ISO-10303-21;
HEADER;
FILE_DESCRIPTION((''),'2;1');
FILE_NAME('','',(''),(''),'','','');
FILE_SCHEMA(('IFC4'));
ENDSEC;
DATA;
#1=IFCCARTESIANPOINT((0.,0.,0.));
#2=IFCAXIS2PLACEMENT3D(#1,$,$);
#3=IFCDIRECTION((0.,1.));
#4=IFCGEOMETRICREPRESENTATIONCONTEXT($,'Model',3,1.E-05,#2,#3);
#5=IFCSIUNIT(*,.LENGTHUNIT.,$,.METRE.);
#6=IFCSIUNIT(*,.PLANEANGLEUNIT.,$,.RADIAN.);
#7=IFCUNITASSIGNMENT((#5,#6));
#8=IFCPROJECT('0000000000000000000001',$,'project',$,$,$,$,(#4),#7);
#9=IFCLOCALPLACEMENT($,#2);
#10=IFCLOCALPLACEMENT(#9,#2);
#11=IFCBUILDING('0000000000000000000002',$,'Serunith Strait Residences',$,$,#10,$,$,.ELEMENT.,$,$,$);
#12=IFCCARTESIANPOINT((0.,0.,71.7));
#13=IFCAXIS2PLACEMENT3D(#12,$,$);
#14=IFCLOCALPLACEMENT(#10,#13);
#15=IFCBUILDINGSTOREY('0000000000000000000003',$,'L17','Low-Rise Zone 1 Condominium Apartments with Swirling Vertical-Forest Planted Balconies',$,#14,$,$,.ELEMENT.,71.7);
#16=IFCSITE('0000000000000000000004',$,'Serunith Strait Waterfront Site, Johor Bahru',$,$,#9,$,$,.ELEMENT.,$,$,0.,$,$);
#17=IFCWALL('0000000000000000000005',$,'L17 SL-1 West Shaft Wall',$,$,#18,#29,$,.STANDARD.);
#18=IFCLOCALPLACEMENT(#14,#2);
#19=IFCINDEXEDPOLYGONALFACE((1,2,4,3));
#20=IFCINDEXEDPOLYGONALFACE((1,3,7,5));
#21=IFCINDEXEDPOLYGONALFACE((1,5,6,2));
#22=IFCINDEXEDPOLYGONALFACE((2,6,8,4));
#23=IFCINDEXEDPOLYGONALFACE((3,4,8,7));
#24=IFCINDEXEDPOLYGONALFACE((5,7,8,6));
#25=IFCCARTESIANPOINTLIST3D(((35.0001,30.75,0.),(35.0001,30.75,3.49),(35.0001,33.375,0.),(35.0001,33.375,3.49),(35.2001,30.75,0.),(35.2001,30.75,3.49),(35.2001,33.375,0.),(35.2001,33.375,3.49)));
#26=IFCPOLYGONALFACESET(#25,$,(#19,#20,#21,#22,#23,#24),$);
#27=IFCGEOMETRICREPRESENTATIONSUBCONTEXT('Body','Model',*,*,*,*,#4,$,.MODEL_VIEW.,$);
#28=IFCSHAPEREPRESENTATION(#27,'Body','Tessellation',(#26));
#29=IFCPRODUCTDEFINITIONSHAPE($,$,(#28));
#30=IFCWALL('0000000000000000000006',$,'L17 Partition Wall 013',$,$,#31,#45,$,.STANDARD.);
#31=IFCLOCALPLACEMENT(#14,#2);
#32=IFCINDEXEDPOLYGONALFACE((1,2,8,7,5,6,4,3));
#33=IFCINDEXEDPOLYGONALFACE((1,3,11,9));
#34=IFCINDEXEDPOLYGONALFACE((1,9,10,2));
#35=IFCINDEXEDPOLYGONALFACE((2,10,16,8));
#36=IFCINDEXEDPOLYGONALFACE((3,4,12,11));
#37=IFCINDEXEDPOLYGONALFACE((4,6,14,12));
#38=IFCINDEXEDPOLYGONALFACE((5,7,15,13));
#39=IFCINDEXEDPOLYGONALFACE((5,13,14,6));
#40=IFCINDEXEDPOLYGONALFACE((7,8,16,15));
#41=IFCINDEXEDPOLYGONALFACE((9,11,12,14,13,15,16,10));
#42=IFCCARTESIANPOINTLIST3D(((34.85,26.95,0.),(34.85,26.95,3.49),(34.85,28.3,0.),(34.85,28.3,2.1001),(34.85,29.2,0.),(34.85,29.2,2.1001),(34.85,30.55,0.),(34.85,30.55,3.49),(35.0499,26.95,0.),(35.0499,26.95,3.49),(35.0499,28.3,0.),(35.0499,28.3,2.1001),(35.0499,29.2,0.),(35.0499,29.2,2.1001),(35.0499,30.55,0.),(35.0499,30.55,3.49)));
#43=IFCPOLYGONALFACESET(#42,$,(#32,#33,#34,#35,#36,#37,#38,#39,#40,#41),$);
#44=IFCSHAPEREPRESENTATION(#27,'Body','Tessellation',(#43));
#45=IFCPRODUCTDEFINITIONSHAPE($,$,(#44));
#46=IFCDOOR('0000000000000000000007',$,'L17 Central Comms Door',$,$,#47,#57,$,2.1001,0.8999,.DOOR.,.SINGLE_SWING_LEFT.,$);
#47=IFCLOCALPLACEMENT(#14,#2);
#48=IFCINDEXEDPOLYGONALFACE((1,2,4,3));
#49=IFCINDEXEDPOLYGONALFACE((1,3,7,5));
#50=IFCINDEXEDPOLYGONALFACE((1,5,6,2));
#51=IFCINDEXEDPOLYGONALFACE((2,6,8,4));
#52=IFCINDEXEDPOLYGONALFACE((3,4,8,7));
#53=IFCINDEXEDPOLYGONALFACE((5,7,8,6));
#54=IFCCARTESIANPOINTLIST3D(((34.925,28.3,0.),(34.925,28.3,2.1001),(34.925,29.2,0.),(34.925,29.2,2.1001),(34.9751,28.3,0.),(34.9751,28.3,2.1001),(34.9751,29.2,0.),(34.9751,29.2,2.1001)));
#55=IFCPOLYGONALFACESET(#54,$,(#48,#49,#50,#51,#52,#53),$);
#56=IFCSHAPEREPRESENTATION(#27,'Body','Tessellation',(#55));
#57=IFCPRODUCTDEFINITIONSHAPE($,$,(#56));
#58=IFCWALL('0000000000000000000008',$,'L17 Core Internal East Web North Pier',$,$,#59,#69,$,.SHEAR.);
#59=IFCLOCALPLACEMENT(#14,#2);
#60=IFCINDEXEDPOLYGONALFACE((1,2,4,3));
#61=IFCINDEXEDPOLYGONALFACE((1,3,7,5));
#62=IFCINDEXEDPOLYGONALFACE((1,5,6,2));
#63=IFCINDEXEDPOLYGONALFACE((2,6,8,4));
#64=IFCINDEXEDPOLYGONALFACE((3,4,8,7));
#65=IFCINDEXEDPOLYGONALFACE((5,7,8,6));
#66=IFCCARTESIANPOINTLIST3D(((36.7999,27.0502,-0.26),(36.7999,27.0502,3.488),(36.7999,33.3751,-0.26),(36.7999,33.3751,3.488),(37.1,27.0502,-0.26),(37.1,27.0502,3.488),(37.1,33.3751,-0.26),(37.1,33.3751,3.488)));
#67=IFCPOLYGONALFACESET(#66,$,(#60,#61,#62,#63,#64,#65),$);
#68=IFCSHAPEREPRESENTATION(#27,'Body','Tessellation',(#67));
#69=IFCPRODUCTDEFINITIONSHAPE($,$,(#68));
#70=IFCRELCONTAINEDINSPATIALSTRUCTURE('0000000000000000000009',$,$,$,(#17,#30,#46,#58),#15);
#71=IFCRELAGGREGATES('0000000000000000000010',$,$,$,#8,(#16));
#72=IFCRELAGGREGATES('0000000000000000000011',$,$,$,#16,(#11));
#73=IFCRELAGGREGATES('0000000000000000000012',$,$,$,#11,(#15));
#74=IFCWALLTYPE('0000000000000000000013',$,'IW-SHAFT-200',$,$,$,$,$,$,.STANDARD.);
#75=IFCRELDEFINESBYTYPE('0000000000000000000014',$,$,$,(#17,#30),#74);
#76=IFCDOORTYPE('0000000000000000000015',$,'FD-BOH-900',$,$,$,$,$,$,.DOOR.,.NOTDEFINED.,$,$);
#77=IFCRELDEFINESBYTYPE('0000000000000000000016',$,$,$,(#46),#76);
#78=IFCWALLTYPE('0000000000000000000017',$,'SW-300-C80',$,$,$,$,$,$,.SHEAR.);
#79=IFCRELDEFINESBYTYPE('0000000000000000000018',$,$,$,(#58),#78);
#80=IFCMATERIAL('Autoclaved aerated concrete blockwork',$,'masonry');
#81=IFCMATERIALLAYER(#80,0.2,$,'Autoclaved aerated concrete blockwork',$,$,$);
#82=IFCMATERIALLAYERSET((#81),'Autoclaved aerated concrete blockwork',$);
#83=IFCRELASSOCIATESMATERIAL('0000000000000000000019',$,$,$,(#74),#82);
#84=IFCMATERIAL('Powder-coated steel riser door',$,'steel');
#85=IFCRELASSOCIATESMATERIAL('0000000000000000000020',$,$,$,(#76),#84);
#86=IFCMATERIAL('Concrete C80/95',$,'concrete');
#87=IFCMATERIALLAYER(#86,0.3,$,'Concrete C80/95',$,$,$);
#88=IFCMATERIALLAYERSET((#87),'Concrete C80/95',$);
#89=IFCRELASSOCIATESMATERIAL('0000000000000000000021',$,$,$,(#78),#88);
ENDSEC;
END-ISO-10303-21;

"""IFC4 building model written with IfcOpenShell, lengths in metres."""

from ifc_helpers import new_model, si_unit, direction, frame, frame_2d, origin, place, context, subcontext, project, spatial, rectangle, extrude, source, transform, mapped, material, layer, layer_set, type_object, element, fill, save


model = new_model("IFC4")

# Units and contexts
model_context = context("Model", 3, precision=1e-05, world=origin(), true_north=direction((0.0, 1.0)))
body_context = subcontext(model_context, "Body", "Model", "MODEL_VIEW")
ifc_project = project(units=[si_unit("LENGTHUNIT", "METRE"), si_unit("PLANEANGLEUNIT", "RADIAN")], contexts=[model_context])

# Site, building, storey
site_placement = place(None, origin())
site = spatial("IfcSite", under=ifc_project, at=site_placement, Name="Serunith Strait Waterfront Site, Johor Bahru", CompositionType="ELEMENT", RefElevation=0.0)
building_placement = place(site_placement, origin())
building = spatial("IfcBuilding", under=site, at=building_placement, Name="Serunith Strait Residences", CompositionType="ELEMENT")
storey_placement = place(building_placement, frame((0.0, 0.0, 71.7)))
storey = spatial("IfcBuildingStorey", under=building, at=storey_placement, Name="L17", Description="Low-Rise Zone 1 Condominium Apartments with Swirling Vertical-Forest Planted Balconies", CompositionType="ELEMENT", Elevation=71.7)

# Shared definitions
ifc_material_1 = material(Name="Autoclaved aerated concrete blockwork", Category="masonry")
ifc_layer_1 = layer(ifc_material_1, 0.2, Name="Autoclaved aerated concrete blockwork")
ifc_layer_set_1 = layer_set([ifc_layer_1], Name="Autoclaved aerated concrete blockwork")
wall_type_1 = type_object("IfcWallType", Name="IW-SHAFT-200", PredefinedType="STANDARD", material=ifc_layer_set_1)

# Wall
wall_1_placement = place(storey_placement, frame((35.1001, 30.75, 0.0), z_axis=(0.0, 0.0, 1.0), x_axis=(0.0, 1.0, 0.0)))
element("IfcWall", 1, at=wall_1_placement, inside=storey, type_object=wall_type_1, Name="L17 SL-1 West Shaft Wall", PredefinedType="STANDARD", context=body_context, shape_type="SweptSolid", body=[
    extrude(rectangle(XDim=2.625, YDim=0.2, at=frame_2d((1.3125, 0.0))), origin(), (0.0, 0.0, 1.0), 3.49),
])

# Wall, opening, door
wall_2_placement = place(storey_placement, frame((34.95, 26.95, 0.0), z_axis=(0.0, 0.0, 1.0), x_axis=(0.0, 1.0, 0.0)))
wall_2 = element("IfcWall", 2, at=wall_2_placement, inside=storey, type_object=wall_type_1, Name="L17 Partition Wall 013", PredefinedType="STANDARD", context=body_context, shape_type="SweptSolid", body=[
    extrude(rectangle(XDim=3.6001, YDim=0.2, at=frame_2d((1.8, 0.0))), origin(), (0.0, 0.0, 1.0), 3.49),
])
opening_1_placement = place(wall_2_placement, frame((1.3501, 0.0, 0.0)))
opening_1 = element("IfcOpeningElement", 3, at=opening_1_placement, cuts=wall_2, PredefinedType="OPENING", context=body_context, shape_type="SweptSolid", body=[
    extrude(rectangle(XDim=0.8999, YDim=2.1001, at=frame_2d((0.45, 1.05))), frame((0.0, 0.1099, 0.0), z_axis=(0.0, -1.0, 0.0), x_axis=(1.0, 0.0, 0.0)), (0.0, 0.0, 1.0), 0.22),
])
ifc_material_2 = material(Name="Powder-coated steel riser door", Category="steel")
door_type_1 = type_object("IfcDoorType", Name="FD-BOH-900", OperationType="NOTDEFINED", PredefinedType="DOOR", material=ifc_material_2)
shared_shape_1 = source(origin(), body_context, "Body", "SweptSolid", [
    extrude(rectangle(XDim=0.8999, YDim=2.1001, at=frame_2d((0.45, 1.05))), frame((0.0, 0.0249, 0.0), z_axis=(0.0, -1.0, 0.0), x_axis=(1.0, 0.0, 0.0)), (0.0, 0.0, 1.0), 0.05),
])
door_1_placement = place(opening_1_placement, origin())
door_1 = element("IfcDoor", 4, at=door_1_placement, inside=storey, type_object=door_type_1, Name="L17 Central Comms Door", OperationType="SINGLE_SWING_LEFT", OverallHeight=2.1001, OverallWidth=0.8999, PredefinedType="DOOR", context=body_context, shape_type="MappedRepresentation", body=[
    mapped(shared_shape_1, transform((0.0, 0.0, 0.0), scale=1.0)),
])
fill(opening_1, door_1)

# Wall
ifc_material_3 = material(Name="Concrete C80/95", Category="concrete")
ifc_layer_2 = layer(ifc_material_3, 0.3, Name="Concrete C80/95")
ifc_layer_set_2 = layer_set([ifc_layer_2], Name="Concrete C80/95")
wall_type_2 = type_object("IfcWallType", Name="SW-300-C80", PredefinedType="SHEAR", material=ifc_layer_set_2)
wall_3_placement = place(storey_placement, frame((36.95, 27.05, -0.26), z_axis=(0.0, 0.0, 1.0), x_axis=(0.0, 1.0, 0.0)))
element("IfcWall", 5, at=wall_3_placement, inside=storey, type_object=wall_type_2, Name="L17 Core Internal East Web North Pier", PredefinedType="SHEAR", context=body_context, shape_type="SweptSolid", body=[
    extrude(rectangle(XDim=6.325, YDim=0.3, at=frame_2d((3.1626, 0.0))), origin(), (0.0, 0.0, 1.0), 3.748),
])

save(model, "model.ifc")
